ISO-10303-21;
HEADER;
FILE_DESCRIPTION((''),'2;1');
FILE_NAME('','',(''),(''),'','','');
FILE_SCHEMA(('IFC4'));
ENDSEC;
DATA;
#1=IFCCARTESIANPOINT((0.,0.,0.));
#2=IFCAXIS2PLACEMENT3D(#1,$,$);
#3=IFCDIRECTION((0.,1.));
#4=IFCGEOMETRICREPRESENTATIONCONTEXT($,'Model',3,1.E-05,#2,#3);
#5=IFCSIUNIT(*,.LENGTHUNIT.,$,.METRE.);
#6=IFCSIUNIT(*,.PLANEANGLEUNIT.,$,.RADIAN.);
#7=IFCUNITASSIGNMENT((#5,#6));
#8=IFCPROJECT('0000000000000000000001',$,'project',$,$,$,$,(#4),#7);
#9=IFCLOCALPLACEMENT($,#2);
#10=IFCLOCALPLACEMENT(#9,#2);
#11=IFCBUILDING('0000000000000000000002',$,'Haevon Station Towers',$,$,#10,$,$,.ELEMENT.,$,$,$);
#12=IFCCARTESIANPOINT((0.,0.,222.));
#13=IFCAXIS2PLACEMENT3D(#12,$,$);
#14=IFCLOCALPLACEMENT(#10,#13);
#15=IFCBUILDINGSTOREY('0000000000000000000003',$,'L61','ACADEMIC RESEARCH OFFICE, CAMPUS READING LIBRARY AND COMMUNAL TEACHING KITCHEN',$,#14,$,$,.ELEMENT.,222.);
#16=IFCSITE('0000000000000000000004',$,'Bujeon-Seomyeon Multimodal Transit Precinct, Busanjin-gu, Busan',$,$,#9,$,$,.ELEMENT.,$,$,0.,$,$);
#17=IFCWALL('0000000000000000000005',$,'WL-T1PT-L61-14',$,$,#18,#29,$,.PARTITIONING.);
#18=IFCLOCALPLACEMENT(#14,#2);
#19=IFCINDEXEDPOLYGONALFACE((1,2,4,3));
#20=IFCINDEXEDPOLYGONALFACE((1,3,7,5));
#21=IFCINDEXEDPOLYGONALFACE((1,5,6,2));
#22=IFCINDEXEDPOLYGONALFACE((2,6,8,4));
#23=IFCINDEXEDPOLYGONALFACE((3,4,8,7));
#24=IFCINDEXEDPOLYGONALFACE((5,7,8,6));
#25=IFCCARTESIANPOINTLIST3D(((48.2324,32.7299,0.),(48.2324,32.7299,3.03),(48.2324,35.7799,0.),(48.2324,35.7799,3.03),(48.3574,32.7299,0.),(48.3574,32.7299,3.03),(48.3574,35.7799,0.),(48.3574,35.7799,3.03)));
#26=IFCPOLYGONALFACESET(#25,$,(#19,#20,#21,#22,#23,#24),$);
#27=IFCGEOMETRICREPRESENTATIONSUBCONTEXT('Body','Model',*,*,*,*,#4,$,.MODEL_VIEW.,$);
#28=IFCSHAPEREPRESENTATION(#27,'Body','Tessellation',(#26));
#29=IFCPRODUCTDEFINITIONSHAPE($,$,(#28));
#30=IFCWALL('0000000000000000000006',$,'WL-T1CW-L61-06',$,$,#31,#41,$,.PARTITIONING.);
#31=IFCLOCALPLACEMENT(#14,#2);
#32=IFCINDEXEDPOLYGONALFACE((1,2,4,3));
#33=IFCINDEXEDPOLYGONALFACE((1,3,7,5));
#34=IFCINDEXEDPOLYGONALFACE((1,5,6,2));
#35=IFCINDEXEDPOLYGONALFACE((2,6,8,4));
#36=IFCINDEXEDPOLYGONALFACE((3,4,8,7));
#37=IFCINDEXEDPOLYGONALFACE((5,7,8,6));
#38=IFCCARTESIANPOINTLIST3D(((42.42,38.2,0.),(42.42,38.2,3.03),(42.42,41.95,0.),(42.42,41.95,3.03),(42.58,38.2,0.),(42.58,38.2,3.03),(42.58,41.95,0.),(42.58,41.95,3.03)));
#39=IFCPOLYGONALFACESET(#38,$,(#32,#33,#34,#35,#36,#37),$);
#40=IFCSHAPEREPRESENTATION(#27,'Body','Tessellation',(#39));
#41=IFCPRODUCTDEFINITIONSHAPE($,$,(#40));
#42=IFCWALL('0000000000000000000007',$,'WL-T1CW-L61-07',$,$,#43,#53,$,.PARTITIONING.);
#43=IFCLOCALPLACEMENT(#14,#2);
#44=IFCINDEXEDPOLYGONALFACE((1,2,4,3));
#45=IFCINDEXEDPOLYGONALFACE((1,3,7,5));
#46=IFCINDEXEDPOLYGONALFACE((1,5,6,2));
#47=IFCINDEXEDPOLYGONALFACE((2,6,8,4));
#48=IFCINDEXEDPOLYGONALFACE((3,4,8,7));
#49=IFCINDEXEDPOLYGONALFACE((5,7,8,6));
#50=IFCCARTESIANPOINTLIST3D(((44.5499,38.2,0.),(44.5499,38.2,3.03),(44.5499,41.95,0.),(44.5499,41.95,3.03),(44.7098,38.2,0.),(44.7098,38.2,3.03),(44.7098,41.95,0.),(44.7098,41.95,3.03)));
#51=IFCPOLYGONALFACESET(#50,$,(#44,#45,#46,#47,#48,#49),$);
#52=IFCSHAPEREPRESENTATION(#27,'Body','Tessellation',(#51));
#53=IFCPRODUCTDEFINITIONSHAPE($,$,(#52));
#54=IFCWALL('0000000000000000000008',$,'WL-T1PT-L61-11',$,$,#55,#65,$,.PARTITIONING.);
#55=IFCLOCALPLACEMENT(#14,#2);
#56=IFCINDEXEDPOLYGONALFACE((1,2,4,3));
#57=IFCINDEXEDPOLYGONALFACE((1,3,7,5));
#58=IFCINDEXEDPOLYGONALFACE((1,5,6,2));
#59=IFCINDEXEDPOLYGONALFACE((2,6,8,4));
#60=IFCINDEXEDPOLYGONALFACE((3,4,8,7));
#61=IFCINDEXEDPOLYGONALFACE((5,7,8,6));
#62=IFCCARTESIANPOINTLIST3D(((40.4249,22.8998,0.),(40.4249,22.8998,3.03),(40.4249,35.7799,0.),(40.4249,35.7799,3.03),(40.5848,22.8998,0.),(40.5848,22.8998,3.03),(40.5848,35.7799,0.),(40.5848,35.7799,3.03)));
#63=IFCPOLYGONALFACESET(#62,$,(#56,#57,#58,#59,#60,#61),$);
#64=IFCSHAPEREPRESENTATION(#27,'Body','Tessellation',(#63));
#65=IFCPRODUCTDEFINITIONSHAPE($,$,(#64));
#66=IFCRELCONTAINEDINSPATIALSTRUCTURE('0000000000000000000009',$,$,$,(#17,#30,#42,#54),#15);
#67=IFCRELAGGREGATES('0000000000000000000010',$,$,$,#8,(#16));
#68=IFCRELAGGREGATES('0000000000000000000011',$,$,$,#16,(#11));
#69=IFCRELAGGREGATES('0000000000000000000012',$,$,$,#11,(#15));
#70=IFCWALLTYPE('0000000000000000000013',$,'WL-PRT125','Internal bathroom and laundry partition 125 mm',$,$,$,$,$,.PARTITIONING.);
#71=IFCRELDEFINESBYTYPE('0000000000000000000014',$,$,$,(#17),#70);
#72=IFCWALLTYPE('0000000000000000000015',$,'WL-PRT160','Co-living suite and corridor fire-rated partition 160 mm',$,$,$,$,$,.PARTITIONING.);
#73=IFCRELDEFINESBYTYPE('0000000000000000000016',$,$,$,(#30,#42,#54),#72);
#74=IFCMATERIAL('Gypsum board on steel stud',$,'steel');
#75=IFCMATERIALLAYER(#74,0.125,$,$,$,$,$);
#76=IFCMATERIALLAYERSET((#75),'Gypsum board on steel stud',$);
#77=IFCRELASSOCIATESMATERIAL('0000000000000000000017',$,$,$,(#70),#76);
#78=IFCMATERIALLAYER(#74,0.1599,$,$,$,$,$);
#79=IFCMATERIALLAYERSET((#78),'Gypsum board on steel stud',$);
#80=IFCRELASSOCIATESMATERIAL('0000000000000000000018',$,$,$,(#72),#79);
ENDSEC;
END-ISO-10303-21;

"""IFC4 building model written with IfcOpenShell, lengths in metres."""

from ifc_helpers import new_model, si_unit, direction, frame, frame_2d, origin, place, context, subcontext, project, spatial, rectangle, extrude, material, layer, layer_set, type_object, element, save


model = new_model("IFC4")

# Units and contexts
model_context = context("Model", 3, precision=1e-05, world=origin(), true_north=direction((0.0, 1.0)))
body_context = subcontext(model_context, "Body", "Model", "MODEL_VIEW")
ifc_project = project(units=[si_unit("LENGTHUNIT", "METRE"), si_unit("PLANEANGLEUNIT", "RADIAN")], contexts=[model_context])

# Site, building, storey
site_placement = place(None, origin())
site = spatial("IfcSite", under=ifc_project, at=site_placement, Name="Bujeon-Seomyeon Multimodal Transit Precinct, Busanjin-gu, Busan", CompositionType="ELEMENT", RefElevation=0.0)
building_placement = place(site_placement, origin())
building = spatial("IfcBuilding", under=site, at=building_placement, Name="Haevon Station Towers", CompositionType="ELEMENT")
storey_placement = place(building_placement, frame((0.0, 0.0, 222.0)))
storey = spatial("IfcBuildingStorey", under=building, at=storey_placement, Name="L61", Description="ACADEMIC RESEARCH OFFICE, CAMPUS READING LIBRARY AND COMMUNAL TEACHING KITCHEN", CompositionType="ELEMENT", Elevation=222.0)

# Shared definitions
ifc_material_1 = material(Name="Gypsum board on steel stud", Category="steel")

# Walls
ifc_layer_1 = layer(ifc_material_1, 0.125)
ifc_layer_set_1 = layer_set([ifc_layer_1], Name="Gypsum board on steel stud")
wall_type_1 = type_object("IfcWallType", Name="WL-PRT125", Description="Internal bathroom and laundry partition 125 mm", PredefinedType="PARTITIONING", material=ifc_layer_set_1)
wall_1_placement = place(storey_placement, frame((48.2949, 32.73, 0.0), z_axis=(0.0, 0.0, 1.0), x_axis=(0.0, 1.0, 0.0)))
element("IfcWall", 1, at=wall_1_placement, inside=storey, type_object=wall_type_1, Name="WL-T1PT-L61-14", PredefinedType="PARTITIONING", context=body_context, shape_type="SweptSolid", body=[
    extrude(rectangle(XDim=3.05, YDim=0.125, at=frame_2d((1.5249, 0.0))), origin(), (0.0, 0.0, 1.0), 3.03),
])
ifc_layer_2 = layer(ifc_material_1, 0.1599)
ifc_layer_set_2 = layer_set([ifc_layer_2], Name="Gypsum board on steel stud")
wall_type_2 = type_object("IfcWallType", Name="WL-PRT160", Description="Co-living suite and corridor fire-rated partition 160 mm", PredefinedType="PARTITIONING", material=ifc_layer_set_2)
for number, where, z_axis, x_axis, name in (
    (2, (42.5, 38.2, 0.0), (0.0, 0.0, 1.0), (0.0, 1.0, 0.0), "WL-T1CW-L61-06"),
    (3, (44.6299, 38.2, 0.0), (0.0, 0.0, 1.0), (0.0, 1.0, 0.0), "WL-T1CW-L61-07"),
):
    element("IfcWall", number, at=place(storey_placement, frame(where, z_axis=z_axis, x_axis=x_axis)), inside=storey, type_object=wall_type_2, Name=name, PredefinedType="PARTITIONING", context=body_context, shape_type="SweptSolid", body=[
        extrude(rectangle(XDim=3.75, YDim=0.1599, at=frame_2d((1.875, 0.0))), origin(), (0.0, 0.0, 1.0), 3.03),
    ])
wall_2_placement = place(storey_placement, frame((40.5049, 22.8999, 0.0), z_axis=(0.0, 0.0, 1.0), x_axis=(0.0, 1.0, 0.0)))
element("IfcWall", 4, at=wall_2_placement, inside=storey, type_object=wall_type_2, Name="WL-T1PT-L61-11", PredefinedType="PARTITIONING", context=body_context, shape_type="SweptSolid", body=[
    extrude(rectangle(XDim=12.8801, YDim=0.1599, at=frame_2d((6.4399, 0.0))), origin(), (0.0, 0.0, 1.0), 3.03),
])

save(model, "model.ifc")
